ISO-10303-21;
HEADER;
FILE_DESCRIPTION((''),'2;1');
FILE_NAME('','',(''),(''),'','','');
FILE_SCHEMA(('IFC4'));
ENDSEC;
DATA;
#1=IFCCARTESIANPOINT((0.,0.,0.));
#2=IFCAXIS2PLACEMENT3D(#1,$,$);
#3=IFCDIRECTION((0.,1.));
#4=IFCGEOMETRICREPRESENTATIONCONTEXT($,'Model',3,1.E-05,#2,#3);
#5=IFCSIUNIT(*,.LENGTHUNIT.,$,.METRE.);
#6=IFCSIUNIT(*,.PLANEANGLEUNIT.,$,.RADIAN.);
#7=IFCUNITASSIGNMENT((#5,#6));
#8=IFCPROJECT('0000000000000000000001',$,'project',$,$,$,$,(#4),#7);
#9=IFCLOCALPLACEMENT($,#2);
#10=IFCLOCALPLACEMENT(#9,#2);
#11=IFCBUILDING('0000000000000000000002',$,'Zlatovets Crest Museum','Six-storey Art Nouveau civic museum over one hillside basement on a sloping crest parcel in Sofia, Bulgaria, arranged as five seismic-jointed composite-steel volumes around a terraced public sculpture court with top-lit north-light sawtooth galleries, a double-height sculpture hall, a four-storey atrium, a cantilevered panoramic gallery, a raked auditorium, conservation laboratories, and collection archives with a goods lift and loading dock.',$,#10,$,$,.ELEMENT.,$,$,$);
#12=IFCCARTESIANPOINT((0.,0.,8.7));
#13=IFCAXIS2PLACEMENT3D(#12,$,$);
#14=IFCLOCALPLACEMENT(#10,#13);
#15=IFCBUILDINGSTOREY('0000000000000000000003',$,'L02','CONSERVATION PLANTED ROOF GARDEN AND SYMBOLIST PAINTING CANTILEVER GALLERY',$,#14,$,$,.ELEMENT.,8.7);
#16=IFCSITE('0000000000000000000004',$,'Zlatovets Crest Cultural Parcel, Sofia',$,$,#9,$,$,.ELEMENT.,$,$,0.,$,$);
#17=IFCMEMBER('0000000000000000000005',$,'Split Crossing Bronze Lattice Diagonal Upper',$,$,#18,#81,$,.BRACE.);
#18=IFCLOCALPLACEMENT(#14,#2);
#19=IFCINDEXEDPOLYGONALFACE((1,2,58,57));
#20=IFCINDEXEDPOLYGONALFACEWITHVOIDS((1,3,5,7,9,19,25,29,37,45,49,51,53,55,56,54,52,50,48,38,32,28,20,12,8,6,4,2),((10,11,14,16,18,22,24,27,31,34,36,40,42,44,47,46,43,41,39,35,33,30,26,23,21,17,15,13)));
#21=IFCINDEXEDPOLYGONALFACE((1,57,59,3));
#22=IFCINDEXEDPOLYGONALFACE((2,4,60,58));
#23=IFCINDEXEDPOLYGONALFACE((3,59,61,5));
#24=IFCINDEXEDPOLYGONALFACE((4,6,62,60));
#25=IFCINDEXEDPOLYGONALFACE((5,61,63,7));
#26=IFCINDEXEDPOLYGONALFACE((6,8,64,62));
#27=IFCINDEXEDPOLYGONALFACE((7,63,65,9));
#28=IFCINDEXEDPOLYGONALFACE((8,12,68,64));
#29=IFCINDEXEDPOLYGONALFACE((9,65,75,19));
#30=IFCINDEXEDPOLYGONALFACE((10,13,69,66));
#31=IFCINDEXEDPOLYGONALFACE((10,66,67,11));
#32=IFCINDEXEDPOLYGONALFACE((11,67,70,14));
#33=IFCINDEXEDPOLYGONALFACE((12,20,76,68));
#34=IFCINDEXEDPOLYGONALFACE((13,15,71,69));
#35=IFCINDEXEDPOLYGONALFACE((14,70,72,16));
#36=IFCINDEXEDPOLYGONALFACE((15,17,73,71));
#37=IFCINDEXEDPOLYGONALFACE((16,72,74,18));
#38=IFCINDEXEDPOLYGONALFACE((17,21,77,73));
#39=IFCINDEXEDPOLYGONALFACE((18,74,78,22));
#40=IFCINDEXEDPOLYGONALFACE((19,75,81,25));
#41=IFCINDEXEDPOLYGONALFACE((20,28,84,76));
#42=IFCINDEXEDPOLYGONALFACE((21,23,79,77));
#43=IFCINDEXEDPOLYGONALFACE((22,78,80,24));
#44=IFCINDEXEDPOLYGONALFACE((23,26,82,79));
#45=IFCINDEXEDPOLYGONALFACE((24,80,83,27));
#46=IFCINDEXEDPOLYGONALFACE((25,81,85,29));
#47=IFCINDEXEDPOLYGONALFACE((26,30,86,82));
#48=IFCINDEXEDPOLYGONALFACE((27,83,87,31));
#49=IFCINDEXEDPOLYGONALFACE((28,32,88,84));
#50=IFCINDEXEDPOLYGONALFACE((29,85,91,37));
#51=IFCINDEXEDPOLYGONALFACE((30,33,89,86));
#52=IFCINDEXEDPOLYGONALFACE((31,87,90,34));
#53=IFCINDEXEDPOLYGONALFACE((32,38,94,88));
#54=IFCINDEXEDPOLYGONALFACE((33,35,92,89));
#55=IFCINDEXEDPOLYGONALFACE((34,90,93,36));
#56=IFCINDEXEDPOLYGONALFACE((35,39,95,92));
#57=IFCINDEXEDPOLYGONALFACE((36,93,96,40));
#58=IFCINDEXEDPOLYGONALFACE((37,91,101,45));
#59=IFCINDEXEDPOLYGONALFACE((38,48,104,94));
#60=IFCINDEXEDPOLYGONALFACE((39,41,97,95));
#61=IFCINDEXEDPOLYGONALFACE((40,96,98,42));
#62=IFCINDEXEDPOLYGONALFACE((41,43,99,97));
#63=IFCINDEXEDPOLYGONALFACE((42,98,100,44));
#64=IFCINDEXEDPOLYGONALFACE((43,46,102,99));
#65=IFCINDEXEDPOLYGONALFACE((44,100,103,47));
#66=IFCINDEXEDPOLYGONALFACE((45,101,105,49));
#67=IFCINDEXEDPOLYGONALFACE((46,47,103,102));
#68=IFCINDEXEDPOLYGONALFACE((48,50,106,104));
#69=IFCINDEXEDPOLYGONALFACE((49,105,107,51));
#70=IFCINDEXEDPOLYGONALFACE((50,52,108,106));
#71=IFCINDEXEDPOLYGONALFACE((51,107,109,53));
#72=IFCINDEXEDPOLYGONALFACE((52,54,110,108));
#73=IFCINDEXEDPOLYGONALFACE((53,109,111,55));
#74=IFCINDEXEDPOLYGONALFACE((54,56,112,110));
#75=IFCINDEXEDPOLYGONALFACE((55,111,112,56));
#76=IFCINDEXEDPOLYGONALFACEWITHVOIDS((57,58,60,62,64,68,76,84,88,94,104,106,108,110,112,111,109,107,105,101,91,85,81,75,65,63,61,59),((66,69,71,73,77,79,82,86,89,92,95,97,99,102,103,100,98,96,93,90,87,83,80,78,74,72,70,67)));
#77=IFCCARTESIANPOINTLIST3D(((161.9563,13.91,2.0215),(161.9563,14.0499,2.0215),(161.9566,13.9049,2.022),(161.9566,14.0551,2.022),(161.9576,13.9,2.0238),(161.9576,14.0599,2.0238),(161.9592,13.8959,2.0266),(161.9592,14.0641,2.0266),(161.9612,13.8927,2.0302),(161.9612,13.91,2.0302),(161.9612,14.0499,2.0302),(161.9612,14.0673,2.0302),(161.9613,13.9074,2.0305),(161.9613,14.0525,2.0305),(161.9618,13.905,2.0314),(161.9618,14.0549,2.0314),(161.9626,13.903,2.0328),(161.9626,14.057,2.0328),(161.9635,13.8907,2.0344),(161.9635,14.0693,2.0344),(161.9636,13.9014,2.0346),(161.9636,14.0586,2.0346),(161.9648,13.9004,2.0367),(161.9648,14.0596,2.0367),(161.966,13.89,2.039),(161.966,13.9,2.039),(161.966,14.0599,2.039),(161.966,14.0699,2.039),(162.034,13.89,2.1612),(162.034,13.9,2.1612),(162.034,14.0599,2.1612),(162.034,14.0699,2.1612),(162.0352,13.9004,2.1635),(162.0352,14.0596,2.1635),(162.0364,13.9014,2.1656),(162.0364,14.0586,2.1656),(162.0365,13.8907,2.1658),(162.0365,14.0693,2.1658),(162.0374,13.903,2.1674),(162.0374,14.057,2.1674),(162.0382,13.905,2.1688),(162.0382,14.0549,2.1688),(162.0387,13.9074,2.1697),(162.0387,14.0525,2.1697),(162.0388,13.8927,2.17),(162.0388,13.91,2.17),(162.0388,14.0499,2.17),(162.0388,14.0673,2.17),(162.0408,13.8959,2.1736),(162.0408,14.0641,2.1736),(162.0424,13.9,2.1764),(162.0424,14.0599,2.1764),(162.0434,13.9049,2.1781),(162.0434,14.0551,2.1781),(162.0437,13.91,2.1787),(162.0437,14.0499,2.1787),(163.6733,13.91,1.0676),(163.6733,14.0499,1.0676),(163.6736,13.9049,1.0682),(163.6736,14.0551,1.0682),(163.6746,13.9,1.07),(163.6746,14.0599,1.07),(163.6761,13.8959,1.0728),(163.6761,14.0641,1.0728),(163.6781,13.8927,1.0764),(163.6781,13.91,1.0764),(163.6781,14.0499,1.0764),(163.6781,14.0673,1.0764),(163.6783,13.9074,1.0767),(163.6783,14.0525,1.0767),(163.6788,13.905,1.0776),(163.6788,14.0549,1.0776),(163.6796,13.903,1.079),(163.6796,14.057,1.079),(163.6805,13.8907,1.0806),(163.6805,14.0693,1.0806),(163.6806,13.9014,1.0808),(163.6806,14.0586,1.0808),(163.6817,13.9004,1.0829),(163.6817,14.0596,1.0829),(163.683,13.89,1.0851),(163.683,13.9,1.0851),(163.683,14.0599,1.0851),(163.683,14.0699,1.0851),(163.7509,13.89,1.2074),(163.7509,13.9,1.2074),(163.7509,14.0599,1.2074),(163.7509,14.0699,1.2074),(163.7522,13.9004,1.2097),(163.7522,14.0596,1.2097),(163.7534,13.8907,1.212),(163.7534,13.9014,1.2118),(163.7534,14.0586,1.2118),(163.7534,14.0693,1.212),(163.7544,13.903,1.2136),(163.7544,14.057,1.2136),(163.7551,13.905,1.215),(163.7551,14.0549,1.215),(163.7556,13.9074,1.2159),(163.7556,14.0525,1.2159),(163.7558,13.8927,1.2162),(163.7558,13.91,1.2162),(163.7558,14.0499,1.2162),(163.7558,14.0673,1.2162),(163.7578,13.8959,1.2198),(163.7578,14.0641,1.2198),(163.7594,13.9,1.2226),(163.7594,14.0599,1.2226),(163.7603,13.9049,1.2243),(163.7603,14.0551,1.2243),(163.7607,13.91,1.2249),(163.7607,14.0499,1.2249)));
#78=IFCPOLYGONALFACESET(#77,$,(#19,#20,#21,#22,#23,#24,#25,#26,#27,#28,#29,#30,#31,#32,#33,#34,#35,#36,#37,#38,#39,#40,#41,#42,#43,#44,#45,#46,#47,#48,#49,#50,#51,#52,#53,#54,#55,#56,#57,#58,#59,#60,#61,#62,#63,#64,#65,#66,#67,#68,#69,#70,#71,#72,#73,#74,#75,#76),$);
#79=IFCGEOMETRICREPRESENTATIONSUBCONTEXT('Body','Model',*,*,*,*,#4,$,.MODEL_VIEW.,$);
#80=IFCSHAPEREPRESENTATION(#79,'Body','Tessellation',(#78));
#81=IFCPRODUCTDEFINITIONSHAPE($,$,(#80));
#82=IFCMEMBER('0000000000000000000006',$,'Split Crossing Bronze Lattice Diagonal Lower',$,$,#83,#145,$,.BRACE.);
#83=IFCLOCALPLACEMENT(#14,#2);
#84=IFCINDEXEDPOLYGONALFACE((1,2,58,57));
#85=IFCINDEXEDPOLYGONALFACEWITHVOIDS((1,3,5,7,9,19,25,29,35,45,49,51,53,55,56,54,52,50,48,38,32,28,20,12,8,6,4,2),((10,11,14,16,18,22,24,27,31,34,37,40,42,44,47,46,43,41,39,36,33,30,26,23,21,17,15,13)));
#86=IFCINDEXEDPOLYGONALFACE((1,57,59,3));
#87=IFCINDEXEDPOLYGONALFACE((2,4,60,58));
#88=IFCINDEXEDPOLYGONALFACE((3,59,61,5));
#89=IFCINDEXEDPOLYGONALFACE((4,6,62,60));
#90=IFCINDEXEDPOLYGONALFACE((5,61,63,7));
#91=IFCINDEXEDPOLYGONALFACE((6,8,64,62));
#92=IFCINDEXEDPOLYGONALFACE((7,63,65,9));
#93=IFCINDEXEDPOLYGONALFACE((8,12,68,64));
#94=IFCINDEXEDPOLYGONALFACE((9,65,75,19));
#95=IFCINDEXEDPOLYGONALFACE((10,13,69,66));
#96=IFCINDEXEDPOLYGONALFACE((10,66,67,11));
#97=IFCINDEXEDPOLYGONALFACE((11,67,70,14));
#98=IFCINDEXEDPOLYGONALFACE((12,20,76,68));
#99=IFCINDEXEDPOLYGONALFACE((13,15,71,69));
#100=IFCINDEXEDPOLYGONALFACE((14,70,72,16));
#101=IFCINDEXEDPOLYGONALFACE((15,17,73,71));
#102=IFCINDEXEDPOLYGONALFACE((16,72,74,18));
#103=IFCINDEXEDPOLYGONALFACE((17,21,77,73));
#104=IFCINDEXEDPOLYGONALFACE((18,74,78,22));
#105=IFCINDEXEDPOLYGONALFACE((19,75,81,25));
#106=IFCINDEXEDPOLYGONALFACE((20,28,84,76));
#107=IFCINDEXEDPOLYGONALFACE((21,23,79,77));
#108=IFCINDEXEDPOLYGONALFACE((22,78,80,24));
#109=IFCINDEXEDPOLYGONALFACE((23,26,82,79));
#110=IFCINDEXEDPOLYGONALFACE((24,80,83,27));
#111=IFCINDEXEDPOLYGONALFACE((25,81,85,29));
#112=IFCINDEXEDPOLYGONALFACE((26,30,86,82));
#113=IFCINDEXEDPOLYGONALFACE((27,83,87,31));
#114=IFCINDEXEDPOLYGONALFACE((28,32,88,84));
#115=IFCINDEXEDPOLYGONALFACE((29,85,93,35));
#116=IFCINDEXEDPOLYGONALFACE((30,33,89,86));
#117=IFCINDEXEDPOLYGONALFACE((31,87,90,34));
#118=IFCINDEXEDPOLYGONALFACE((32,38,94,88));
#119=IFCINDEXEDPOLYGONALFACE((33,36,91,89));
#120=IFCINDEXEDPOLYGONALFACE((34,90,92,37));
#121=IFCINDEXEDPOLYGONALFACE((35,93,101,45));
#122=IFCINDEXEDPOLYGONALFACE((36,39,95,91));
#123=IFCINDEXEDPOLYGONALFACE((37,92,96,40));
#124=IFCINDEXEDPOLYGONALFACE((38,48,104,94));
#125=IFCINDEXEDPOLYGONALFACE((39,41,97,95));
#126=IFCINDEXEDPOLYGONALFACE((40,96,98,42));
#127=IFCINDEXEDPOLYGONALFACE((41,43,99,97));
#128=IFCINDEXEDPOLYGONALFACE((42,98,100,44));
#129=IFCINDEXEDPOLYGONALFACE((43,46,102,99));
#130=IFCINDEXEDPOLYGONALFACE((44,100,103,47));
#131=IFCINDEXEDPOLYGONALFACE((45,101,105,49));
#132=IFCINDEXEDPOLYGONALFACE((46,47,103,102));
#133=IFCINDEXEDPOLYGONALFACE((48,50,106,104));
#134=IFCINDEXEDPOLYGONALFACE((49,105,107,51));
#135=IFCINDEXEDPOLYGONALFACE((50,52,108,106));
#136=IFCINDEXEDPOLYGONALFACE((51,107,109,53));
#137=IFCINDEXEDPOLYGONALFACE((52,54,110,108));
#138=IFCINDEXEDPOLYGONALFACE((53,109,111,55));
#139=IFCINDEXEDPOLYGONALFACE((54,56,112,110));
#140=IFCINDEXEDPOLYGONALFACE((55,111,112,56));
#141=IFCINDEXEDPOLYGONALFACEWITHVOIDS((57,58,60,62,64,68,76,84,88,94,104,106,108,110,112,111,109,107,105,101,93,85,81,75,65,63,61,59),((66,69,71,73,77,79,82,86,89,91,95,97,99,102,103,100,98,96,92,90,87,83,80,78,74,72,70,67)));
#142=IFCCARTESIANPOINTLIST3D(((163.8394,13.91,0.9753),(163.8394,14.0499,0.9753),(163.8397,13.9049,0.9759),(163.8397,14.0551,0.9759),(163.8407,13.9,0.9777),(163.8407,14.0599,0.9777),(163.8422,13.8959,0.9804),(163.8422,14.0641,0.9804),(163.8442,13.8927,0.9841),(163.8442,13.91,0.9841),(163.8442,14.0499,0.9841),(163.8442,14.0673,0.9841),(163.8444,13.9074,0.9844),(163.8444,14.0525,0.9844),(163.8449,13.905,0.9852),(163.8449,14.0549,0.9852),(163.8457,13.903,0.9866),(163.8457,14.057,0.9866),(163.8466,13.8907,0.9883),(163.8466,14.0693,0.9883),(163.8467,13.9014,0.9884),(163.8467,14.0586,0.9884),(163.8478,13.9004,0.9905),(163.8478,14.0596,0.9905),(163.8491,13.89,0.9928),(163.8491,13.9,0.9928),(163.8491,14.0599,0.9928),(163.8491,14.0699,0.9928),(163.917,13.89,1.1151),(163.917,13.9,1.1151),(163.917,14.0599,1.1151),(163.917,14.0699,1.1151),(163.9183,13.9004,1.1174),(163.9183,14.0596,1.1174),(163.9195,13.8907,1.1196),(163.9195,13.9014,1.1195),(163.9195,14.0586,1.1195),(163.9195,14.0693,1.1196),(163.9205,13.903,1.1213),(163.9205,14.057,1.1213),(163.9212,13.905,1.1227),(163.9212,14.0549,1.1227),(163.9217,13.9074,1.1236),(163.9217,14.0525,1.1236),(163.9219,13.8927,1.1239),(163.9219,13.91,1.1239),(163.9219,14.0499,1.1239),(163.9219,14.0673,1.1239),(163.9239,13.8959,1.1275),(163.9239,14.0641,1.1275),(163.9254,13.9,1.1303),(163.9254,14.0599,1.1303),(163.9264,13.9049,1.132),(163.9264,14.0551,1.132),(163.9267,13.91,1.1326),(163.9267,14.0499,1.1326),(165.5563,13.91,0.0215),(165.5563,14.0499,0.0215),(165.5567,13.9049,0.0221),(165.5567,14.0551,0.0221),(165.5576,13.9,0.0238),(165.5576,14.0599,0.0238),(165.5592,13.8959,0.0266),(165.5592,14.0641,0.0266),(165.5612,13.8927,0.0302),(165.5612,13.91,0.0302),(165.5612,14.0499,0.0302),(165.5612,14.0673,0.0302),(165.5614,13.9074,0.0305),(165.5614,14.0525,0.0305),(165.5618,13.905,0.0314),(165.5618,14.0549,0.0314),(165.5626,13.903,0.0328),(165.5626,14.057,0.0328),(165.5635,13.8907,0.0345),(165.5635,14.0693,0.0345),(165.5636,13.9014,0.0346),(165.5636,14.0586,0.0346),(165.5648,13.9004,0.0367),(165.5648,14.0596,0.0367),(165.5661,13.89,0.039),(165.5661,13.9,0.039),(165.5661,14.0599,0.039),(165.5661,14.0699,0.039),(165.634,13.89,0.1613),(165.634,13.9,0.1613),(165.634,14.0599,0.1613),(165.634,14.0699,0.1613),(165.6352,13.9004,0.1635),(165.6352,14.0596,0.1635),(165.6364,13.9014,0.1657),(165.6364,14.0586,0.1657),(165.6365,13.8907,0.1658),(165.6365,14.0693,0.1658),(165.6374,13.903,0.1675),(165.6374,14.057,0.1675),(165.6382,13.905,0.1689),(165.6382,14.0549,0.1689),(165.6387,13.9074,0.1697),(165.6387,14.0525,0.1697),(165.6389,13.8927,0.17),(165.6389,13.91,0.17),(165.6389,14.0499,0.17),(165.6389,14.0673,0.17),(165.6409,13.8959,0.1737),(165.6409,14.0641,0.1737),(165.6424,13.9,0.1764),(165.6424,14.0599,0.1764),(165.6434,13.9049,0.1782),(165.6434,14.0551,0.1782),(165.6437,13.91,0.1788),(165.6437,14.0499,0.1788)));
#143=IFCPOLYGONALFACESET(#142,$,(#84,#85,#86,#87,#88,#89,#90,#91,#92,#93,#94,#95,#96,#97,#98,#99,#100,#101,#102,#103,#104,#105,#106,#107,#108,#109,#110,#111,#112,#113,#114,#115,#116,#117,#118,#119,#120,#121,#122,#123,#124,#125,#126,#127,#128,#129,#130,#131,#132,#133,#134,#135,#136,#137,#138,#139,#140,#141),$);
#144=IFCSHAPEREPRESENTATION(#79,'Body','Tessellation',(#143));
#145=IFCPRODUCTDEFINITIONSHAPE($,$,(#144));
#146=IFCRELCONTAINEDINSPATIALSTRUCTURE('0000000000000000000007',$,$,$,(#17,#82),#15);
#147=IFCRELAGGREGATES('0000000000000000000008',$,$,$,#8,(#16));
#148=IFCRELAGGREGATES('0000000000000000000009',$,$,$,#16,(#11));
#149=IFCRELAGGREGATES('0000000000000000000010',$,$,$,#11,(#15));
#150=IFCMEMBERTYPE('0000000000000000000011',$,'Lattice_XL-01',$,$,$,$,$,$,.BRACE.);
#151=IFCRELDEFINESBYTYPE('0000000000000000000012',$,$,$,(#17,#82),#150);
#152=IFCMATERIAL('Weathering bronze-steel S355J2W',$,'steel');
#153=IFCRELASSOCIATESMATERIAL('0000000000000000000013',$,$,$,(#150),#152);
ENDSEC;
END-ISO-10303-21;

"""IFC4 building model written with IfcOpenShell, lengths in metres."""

from ifc_helpers import new_model, si_unit, direction, frame, origin, origin_2d, place, context, subcontext, project, spatial, hollow_rectangle, extrude, material, material_profile, profile_set, type_object, element, save


model = new_model("IFC4")

# Units and contexts
model_context = context("Model", 3, precision=1e-05, world=origin(), true_north=direction((0.0, 1.0)))
body_context = subcontext(model_context, "Body", "Model", "MODEL_VIEW")
ifc_project = project(units=[si_unit("LENGTHUNIT", "METRE"), si_unit("PLANEANGLEUNIT", "RADIAN")], contexts=[model_context])

# Site, building, storey
site_placement = place(None, origin())
site = spatial("IfcSite", under=ifc_project, at=site_placement, Name="Zlatovets Crest Cultural Parcel, Sofia", CompositionType="ELEMENT", RefElevation=0.0)
building_placement = place(site_placement, origin())
building = spatial("IfcBuilding", under=site, at=building_placement, Name="Zlatovets Crest Museum", Description="Six-storey Art Nouveau civic museum over one hillside basement on a sloping crest parcel in Sofia, Bulgaria, arranged as five seismic-jointed composite-steel volumes around a terraced public sculpture court with top-lit north-light sawtooth galleries, a double-height sculpture hall, a four-storey atrium, a cantilevered panoramic gallery, a raked auditorium, conservation laboratories, and collection archives with a goods lift and loading dock.", CompositionType="ELEMENT")
storey_placement = place(building_placement, frame((0.0, 0.0, 8.7)))
storey = spatial("IfcBuildingStorey", under=building, at=storey_placement, Name="L02", Description="CONSERVATION PLANTED ROOF GARDEN AND SYMBOLIST PAINTING CANTILEVER GALLERY", CompositionType="ELEMENT", Elevation=8.7)

# Members
ifc_material_1 = material(Name="Weathering bronze-steel S355J2W", Category="steel")
ifc_material_profile_1 = material_profile(ifc_material_1, hollow_rectangle(XDim=0.1799, YDim=0.1799, WallThickness=0.01, InnerFilletRadius=0.01, OuterFilletRadius=0.02, at=origin_2d()), Name="SHS 180x180x10.0")
ifc_profile_set_1 = profile_set([ifc_material_profile_1], Name="Weathering bronze-steel S355J2W")
member_type_1 = type_object("IfcMemberType", Name="Lattice_XL-01", PredefinedType="BRACE", material=ifc_profile_set_1)
for number, where, z_axis, x_axis, name in (
    (1, (162.0, 13.98, 2.1001), (0.874169, 0.0, -0.485622), (0.0, 1.0, 0.0), "Split Crossing Bronze Lattice Diagonal Upper"),
    (2, (163.8831, 13.98, 1.054), (0.874169, 0.0, -0.485622), (0.0, 1.0, 0.0), "Split Crossing Bronze Lattice Diagonal Lower"),
):
    element("IfcMember", number, at=place(storey_placement, frame(where, z_axis=z_axis, x_axis=x_axis)), inside=storey, type_object=member_type_1, Name=name, PredefinedType="BRACE", context=body_context, shape_type="SweptSolid", body=[
        extrude(hollow_rectangle(XDim=0.1799, YDim=0.1799, WallThickness=0.01, InnerFilletRadius=0.01, OuterFilletRadius=0.02, at=origin_2d()), origin(), (0.0, 0.0, 1.0), 1.9641),
    ])

save(model, "model.ifc")
